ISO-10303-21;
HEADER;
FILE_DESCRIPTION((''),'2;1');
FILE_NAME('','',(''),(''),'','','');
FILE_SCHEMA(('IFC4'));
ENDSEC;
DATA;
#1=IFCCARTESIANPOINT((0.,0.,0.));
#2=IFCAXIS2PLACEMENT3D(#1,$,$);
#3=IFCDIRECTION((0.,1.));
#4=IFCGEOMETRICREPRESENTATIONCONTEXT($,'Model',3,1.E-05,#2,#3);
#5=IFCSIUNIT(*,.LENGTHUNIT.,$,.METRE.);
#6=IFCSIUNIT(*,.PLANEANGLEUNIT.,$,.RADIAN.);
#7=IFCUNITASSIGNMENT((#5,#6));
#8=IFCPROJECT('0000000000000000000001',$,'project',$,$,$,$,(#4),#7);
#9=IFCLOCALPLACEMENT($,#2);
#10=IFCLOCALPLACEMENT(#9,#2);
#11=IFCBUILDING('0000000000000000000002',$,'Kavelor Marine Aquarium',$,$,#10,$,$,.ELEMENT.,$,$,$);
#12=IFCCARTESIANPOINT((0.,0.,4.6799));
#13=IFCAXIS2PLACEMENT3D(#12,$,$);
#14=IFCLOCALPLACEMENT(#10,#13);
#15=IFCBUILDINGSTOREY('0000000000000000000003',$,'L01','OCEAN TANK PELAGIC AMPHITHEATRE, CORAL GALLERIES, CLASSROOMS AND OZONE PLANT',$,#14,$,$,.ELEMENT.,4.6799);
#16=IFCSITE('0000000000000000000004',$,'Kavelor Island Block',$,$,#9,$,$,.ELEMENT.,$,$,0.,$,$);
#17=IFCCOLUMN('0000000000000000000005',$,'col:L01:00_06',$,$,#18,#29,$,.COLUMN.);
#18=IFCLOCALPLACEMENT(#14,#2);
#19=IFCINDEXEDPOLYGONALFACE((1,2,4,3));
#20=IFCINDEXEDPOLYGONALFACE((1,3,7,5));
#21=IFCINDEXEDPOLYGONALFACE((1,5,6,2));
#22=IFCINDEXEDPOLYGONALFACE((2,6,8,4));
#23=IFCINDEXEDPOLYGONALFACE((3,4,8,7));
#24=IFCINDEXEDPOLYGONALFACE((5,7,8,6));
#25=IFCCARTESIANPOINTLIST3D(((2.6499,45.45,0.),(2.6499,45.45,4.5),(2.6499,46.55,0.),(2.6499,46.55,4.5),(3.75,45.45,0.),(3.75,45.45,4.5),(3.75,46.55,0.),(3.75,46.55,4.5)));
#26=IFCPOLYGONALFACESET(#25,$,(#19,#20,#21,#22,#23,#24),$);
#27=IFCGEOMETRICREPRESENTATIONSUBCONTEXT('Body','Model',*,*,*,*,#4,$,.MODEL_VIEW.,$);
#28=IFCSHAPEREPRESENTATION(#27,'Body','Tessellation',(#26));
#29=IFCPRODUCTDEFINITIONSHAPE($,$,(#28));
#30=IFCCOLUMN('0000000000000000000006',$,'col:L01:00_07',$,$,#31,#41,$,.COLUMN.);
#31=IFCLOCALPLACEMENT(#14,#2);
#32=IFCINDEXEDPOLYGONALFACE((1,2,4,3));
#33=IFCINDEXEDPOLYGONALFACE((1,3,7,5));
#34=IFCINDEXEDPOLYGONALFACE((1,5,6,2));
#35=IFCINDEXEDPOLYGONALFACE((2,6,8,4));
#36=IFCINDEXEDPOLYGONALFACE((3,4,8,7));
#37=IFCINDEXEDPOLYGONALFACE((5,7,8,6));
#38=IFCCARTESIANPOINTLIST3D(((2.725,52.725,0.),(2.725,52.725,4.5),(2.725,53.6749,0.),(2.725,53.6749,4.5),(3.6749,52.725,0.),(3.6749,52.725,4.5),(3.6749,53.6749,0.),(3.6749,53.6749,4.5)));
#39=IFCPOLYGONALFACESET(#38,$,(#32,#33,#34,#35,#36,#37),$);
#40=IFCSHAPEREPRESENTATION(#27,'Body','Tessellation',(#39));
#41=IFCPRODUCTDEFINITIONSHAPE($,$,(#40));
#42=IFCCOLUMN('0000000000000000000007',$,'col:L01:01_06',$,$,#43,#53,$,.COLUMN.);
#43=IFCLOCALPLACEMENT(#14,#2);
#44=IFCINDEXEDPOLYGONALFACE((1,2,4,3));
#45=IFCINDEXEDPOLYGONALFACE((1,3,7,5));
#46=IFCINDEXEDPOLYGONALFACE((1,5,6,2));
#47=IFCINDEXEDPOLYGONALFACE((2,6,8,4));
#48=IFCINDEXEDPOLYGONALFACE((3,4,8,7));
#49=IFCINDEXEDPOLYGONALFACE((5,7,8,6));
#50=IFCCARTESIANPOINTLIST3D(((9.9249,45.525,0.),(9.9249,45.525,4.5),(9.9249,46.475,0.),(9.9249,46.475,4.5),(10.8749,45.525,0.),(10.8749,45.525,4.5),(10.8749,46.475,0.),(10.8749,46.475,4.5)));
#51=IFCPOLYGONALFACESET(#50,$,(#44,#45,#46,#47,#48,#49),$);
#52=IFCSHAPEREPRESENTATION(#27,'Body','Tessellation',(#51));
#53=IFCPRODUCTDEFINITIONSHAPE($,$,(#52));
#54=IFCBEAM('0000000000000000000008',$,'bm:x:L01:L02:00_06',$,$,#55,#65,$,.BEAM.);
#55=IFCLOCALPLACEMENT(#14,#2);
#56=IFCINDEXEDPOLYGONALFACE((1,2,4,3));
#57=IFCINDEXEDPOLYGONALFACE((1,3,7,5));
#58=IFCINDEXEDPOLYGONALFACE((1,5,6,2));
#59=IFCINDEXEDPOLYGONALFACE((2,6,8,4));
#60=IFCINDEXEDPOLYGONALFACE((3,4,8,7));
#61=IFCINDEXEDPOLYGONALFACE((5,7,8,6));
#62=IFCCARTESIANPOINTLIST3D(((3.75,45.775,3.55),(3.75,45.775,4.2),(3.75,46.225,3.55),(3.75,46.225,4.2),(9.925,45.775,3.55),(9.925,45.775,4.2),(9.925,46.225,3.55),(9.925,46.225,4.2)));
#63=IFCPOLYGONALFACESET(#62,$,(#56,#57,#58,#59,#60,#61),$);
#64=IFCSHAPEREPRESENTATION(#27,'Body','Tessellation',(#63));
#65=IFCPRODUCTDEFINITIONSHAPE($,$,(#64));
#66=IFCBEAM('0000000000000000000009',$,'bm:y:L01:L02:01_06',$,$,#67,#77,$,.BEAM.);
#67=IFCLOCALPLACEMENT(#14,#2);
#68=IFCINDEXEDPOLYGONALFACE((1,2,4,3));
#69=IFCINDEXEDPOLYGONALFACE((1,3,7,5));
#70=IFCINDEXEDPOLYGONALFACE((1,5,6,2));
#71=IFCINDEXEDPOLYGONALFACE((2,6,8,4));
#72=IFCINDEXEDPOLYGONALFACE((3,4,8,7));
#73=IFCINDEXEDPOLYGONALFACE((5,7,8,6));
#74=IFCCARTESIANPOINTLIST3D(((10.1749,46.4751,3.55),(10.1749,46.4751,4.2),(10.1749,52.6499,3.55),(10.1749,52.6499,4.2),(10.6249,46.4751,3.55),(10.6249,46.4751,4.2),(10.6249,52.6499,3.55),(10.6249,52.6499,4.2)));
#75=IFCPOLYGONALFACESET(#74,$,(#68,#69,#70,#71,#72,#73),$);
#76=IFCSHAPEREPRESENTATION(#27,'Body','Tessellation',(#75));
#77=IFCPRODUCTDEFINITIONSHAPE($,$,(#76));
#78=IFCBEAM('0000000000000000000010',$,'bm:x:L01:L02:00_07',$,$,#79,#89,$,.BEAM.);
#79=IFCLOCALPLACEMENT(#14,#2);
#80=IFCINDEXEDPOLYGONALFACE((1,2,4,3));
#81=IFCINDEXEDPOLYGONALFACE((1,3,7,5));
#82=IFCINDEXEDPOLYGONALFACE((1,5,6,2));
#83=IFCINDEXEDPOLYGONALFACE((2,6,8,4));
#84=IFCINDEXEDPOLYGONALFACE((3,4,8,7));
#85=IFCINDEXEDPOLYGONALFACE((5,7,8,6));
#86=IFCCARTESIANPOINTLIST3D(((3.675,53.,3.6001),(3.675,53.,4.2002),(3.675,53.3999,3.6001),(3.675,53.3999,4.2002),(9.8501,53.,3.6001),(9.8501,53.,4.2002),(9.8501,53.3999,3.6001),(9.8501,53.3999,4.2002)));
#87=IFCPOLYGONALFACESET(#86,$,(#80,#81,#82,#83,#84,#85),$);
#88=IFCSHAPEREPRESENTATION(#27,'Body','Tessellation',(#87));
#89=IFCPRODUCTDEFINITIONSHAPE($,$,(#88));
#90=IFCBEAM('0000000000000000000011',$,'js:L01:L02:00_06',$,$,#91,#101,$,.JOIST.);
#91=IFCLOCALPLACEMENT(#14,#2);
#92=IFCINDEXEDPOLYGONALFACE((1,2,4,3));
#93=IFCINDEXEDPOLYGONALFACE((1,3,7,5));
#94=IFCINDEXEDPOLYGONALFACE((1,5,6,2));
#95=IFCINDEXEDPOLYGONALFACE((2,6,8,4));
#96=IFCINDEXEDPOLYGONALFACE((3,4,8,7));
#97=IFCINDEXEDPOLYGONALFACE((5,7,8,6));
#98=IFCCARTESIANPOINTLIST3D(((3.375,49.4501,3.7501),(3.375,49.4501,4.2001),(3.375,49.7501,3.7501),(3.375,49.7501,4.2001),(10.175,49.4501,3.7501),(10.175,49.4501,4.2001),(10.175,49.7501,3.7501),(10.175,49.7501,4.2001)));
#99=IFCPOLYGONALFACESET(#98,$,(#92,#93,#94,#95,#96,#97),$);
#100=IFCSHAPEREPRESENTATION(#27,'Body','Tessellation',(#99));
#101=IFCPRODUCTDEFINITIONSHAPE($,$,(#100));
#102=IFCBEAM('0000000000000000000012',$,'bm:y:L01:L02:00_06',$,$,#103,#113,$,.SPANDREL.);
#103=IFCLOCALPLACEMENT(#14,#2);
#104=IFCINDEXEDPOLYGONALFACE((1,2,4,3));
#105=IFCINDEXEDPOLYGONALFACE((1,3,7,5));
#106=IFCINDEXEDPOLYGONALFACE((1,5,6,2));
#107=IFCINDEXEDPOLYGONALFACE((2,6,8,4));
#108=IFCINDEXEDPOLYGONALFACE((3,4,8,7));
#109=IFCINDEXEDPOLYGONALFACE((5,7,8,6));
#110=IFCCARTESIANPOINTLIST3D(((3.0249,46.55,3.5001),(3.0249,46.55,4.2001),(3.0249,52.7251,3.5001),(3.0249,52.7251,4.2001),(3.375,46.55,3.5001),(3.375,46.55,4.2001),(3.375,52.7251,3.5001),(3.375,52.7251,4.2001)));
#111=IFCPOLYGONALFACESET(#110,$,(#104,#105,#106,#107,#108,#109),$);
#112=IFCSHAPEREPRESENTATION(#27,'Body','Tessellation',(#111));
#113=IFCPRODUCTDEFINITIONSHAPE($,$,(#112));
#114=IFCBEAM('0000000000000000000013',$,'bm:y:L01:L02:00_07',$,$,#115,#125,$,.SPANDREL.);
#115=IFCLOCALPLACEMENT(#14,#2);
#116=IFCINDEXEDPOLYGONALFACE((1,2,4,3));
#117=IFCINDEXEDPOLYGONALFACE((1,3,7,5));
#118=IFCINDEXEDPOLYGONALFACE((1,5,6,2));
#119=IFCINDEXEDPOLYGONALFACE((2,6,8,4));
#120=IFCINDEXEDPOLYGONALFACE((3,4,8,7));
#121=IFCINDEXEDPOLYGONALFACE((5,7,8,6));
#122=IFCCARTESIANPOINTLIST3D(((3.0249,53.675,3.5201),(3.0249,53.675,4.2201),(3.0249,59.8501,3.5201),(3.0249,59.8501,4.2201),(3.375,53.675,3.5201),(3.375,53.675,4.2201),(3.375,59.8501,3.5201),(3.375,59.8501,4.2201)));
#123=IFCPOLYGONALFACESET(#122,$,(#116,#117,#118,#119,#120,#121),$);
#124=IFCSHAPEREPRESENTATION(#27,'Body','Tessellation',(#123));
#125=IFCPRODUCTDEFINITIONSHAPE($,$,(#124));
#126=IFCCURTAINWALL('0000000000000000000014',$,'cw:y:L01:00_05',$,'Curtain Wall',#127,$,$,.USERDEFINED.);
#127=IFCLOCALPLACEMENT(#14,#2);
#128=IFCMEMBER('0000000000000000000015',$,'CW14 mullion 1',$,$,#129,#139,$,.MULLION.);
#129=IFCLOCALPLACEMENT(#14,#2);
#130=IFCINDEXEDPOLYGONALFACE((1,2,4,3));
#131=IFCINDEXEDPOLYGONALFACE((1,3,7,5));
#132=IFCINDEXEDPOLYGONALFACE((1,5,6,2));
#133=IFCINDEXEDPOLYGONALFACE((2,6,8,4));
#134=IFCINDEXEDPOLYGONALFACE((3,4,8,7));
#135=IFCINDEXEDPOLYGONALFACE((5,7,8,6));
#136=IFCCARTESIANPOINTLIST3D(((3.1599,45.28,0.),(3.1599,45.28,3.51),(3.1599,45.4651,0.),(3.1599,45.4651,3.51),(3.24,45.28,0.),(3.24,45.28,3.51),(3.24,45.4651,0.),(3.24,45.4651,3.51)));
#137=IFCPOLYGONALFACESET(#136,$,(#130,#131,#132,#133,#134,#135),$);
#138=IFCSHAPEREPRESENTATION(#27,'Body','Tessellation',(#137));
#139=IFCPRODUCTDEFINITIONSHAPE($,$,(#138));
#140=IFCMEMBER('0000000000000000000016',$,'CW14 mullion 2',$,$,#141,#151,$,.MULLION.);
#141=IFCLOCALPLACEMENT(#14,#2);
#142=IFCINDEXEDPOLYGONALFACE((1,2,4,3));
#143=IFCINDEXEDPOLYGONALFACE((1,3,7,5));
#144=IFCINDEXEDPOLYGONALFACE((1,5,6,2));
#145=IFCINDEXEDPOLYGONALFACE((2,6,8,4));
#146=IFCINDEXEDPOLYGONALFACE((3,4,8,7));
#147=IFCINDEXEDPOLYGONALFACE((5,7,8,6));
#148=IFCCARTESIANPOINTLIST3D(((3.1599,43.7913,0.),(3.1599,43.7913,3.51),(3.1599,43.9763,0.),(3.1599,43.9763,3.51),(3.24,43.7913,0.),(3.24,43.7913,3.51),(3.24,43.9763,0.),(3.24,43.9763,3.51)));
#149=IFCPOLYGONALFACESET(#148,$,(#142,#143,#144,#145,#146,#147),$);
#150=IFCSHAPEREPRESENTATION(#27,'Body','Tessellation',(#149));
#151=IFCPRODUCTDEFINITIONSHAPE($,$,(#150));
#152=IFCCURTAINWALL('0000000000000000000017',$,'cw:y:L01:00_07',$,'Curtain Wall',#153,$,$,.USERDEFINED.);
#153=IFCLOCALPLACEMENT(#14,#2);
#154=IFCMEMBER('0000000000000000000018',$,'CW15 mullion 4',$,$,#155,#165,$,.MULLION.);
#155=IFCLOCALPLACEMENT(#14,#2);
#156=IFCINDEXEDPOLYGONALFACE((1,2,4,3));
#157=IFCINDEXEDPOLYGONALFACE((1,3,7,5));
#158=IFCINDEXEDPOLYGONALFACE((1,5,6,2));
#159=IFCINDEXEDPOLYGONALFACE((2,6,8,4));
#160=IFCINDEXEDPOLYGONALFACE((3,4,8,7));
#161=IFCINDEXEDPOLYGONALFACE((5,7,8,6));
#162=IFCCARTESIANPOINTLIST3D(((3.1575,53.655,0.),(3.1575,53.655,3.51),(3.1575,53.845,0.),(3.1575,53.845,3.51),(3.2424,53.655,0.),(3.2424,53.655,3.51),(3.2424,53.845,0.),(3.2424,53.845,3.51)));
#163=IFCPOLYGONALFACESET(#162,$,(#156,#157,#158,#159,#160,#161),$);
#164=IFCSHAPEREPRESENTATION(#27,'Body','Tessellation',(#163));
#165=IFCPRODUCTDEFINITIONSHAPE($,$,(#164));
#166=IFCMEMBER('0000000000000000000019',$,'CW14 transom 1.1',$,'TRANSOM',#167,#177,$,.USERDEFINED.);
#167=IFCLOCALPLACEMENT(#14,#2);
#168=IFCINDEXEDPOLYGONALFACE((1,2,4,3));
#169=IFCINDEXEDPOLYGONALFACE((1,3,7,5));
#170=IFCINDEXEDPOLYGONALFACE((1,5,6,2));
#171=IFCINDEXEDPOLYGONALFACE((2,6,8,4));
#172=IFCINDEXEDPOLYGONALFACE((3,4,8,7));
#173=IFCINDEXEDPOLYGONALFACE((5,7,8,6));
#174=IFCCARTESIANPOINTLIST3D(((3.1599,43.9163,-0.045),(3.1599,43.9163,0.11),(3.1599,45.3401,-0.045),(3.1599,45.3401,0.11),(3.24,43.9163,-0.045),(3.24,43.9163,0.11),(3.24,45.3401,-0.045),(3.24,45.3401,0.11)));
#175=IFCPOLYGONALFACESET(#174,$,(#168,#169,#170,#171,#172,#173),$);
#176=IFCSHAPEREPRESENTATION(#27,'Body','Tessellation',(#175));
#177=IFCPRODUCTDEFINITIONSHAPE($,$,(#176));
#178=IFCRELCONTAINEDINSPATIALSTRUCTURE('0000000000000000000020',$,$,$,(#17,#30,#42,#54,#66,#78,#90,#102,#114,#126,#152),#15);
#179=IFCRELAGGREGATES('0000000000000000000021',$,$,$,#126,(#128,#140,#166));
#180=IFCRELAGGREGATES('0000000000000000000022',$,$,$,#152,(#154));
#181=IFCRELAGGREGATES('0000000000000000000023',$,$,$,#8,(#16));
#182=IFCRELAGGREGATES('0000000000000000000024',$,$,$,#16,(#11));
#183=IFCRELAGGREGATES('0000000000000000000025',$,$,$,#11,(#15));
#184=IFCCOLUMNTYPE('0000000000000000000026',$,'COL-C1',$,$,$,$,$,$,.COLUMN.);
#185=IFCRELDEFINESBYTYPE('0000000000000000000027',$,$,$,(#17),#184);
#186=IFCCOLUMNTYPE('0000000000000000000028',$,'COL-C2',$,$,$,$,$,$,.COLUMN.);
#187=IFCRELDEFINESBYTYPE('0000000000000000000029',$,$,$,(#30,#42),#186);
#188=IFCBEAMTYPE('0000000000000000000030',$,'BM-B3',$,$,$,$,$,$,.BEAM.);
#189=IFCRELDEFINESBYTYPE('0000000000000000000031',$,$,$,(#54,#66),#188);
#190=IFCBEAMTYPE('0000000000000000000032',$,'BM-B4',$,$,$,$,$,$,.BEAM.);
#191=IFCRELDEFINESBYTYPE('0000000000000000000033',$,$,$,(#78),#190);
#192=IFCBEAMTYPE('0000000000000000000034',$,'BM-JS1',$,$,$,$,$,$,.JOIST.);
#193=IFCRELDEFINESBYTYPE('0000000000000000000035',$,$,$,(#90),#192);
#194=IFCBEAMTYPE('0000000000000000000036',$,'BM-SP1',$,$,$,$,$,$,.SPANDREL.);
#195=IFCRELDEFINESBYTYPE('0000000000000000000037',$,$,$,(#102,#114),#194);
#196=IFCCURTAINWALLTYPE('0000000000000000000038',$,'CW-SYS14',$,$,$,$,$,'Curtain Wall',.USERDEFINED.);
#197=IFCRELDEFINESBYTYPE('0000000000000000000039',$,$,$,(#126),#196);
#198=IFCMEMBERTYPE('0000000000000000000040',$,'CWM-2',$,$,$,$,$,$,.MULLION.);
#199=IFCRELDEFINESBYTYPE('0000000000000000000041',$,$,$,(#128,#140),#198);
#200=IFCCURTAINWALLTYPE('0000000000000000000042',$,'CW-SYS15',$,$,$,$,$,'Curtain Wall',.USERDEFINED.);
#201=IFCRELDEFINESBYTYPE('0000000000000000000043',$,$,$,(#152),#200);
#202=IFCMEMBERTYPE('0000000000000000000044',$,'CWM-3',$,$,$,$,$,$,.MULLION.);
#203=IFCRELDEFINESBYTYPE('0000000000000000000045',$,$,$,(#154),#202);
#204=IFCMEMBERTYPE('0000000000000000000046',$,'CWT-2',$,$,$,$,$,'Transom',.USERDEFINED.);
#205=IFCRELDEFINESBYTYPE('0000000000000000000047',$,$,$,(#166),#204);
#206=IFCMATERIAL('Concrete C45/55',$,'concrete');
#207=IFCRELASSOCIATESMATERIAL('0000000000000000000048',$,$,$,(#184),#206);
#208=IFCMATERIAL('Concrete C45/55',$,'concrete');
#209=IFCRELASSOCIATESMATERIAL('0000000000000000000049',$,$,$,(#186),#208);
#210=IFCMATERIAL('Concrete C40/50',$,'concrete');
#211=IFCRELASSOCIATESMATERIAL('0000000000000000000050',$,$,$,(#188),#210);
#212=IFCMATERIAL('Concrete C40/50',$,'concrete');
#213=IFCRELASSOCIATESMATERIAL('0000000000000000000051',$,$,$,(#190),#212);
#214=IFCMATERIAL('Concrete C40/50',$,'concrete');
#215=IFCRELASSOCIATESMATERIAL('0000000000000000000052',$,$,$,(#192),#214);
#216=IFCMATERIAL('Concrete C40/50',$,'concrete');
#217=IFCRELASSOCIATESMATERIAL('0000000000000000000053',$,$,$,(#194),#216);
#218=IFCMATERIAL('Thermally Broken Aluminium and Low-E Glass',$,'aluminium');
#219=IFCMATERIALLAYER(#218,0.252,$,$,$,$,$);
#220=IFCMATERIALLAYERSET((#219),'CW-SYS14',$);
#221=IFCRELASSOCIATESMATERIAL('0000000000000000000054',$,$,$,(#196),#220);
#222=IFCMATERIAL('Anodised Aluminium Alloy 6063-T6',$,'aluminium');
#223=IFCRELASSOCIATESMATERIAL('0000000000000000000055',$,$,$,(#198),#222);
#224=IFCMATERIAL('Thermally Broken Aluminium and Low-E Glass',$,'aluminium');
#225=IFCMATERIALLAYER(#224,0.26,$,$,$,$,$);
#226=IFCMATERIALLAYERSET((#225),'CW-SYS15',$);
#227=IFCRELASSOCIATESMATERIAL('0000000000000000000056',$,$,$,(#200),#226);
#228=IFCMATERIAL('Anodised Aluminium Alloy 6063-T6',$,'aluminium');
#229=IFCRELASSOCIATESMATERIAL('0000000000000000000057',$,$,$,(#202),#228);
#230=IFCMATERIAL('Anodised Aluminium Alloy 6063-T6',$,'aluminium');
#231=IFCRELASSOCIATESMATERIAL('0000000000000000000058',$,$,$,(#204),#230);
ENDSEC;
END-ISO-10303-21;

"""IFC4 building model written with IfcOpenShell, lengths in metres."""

from ifc_helpers import new_model, si_unit, direction, frame, origin, origin_2d, place, context, subcontext, project, spatial, rectangle, extrude, material, layer, layer_set, material_profile, profile_set, type_object, element, aggregate, save


model = new_model("IFC4")

# Units and contexts
model_context = context("Model", 3, precision=1e-05, world=origin(), true_north=direction((0.0, 1.0)))
body_context = subcontext(model_context, "Body", "Model", "MODEL_VIEW")
ifc_project = project(units=[si_unit("LENGTHUNIT", "METRE"), si_unit("PLANEANGLEUNIT", "RADIAN")], contexts=[model_context])

# Site, building, storey
site_placement = place(None, origin())
site = spatial("IfcSite", under=ifc_project, at=site_placement, Name="Kavelor Island Block", CompositionType="ELEMENT", RefElevation=0.0)
building_placement = place(site_placement, origin())
building = spatial("IfcBuilding", under=site, at=building_placement, Name="Kavelor Marine Aquarium", CompositionType="ELEMENT")
storey_placement = place(building_placement, frame((0.0, 0.0, 4.6799)))
storey = spatial("IfcBuildingStorey", under=building, at=storey_placement, Name="L01", Description="OCEAN TANK PELAGIC AMPHITHEATRE, CORAL GALLERIES, CLASSROOMS AND OZONE PLANT", CompositionType="ELEMENT", Elevation=4.6799)

# Columns
ifc_material_1 = material(Name="Concrete C45/55", Category="concrete")
ifc_material_profile_1 = material_profile(ifc_material_1, rectangle(XDim=1.1001, YDim=1.1001, at=origin_2d()), Name="RC-COL 1100x1100")
ifc_profile_set_1 = profile_set([ifc_material_profile_1], Name="Concrete C45/55")
column_type_1 = type_object("IfcColumnType", Name="COL-C1", PredefinedType="COLUMN", material=ifc_profile_set_1)
column_placement = place(storey_placement, frame((3.2, 46.0, 0.0), z_axis=(0.0, 0.0, 1.0), x_axis=(1.0, 0.0, 0.0)))
element("IfcColumn", 1, at=column_placement, inside=storey, type_object=column_type_1, Name="col:L01:00_06", PredefinedType="COLUMN", context=body_context, shape_type="SweptSolid", body=[
    extrude(rectangle(XDim=1.1001, YDim=1.1001, at=origin_2d()), origin(), (0.0, 0.0, 1.0), 4.5),
])
ifc_material_2 = material(Name="Concrete C45/55", Category="concrete")
ifc_material_profile_2 = material_profile(ifc_material_2, rectangle(XDim=0.95, YDim=0.95, at=origin_2d()), Name="RC-COL 950x950")
ifc_profile_set_2 = profile_set([ifc_material_profile_2], Name="Concrete C45/55")
column_type_2 = type_object("IfcColumnType", Name="COL-C2", PredefinedType="COLUMN", material=ifc_profile_set_2)
for number, where, z_axis, x_axis, name in (
    (2, (3.2, 53.2, 0.0), (0.0, 0.0, 1.0), (1.0, 0.0, 0.0), "col:L01:00_07"),
    (3, (10.3999, 46.0, 0.0), (0.0, 0.0, 1.0), (1.0, 0.0, 0.0), "col:L01:01_06"),
):
    element("IfcColumn", number, at=place(storey_placement, frame(where, z_axis=z_axis, x_axis=x_axis)), inside=storey, type_object=column_type_2, Name=name, PredefinedType="COLUMN", context=body_context, shape_type="SweptSolid", body=[
        extrude(rectangle(XDim=0.95, YDim=0.95, at=origin_2d()), origin(), (0.0, 0.0, 1.0), 4.5),
    ])

# Beams
ifc_material_3 = material(Name="Concrete C40/50", Category="concrete")
ifc_material_profile_3 = material_profile(ifc_material_3, rectangle(XDim=0.45, YDim=0.6499, at=origin_2d()), Name="RC-BM 450x650")
ifc_profile_set_3 = profile_set([ifc_material_profile_3], Name="Concrete C40/50")
beam_type_1 = type_object("IfcBeamType", Name="BM-B3", PredefinedType="BEAM", material=ifc_profile_set_3)
beam_1_placement = place(storey_placement, frame((3.75, 46.0, 3.875), z_axis=(1.0, 0.0, 0.0), x_axis=(0.0, 1.0, 0.0)))
element("IfcBeam", 4, at=beam_1_placement, inside=storey, type_object=beam_type_1, Name="bm:x:L01:L02:00_06", PredefinedType="BEAM", context=body_context, shape_type="SweptSolid", body=[
    extrude(rectangle(XDim=0.45, YDim=0.6499, at=origin_2d()), origin(), (0.0, 0.0, 1.0), 6.175),
])
beam_2_placement = place(storey_placement, frame((10.3999, 46.4751, 3.875), z_axis=(0.0, 1.0, 0.0), x_axis=(-1.0, 0.0, 0.0)))
element("IfcBeam", 5, at=beam_2_placement, inside=storey, type_object=beam_type_1, Name="bm:y:L01:L02:01_06", PredefinedType="BEAM", context=body_context, shape_type="SweptSolid", body=[
    extrude(rectangle(XDim=0.45, YDim=0.6499, at=origin_2d()), origin(), (0.0, 0.0, 1.0), 6.1748),
])
ifc_material_4 = material(Name="Concrete C40/50", Category="concrete")
ifc_material_profile_4 = material_profile(ifc_material_4, rectangle(XDim=0.3999, YDim=0.6001, at=origin_2d()), Name="RC-BM 400x600")
ifc_profile_set_4 = profile_set([ifc_material_profile_4], Name="Concrete C40/50")
beam_type_2 = type_object("IfcBeamType", Name="BM-B4", PredefinedType="BEAM", material=ifc_profile_set_4)
beam_3_placement = place(storey_placement, frame((3.675, 53.2, 3.9001), z_axis=(1.0, 0.0, 0.0), x_axis=(0.0, 1.0, 0.0)))
element("IfcBeam", 6, at=beam_3_placement, inside=storey, type_object=beam_type_2, Name="bm:x:L01:L02:00_07", PredefinedType="BEAM", context=body_context, shape_type="SweptSolid", body=[
    extrude(rectangle(XDim=0.3999, YDim=0.6001, at=origin_2d()), origin(), (0.0, 0.0, 1.0), 6.175),
])
ifc_material_5 = material(Name="Concrete C40/50", Category="concrete")
ifc_material_profile_5 = material_profile(ifc_material_5, rectangle(XDim=0.3, YDim=0.45, at=origin_2d()), Name="RC-JS 300x450")
ifc_profile_set_5 = profile_set([ifc_material_profile_5], Name="Concrete C40/50")
beam_type_3 = type_object("IfcBeamType", Name="BM-JS1", PredefinedType="JOIST", material=ifc_profile_set_5)
beam_4_placement = place(storey_placement, frame((3.375, 49.6001, 3.9751), z_axis=(1.0, 0.0, 0.0), x_axis=(0.0, 1.0, 0.0)))
element("IfcBeam", 7, at=beam_4_placement, inside=storey, type_object=beam_type_3, Name="js:L01:L02:00_06", PredefinedType="JOIST", context=body_context, shape_type="SweptSolid", body=[
    extrude(rectangle(XDim=0.3, YDim=0.45, at=origin_2d()), origin(), (0.0, 0.0, 1.0), 6.8),
])
ifc_material_6 = material(Name="Concrete C40/50", Category="concrete")
ifc_material_profile_6 = material_profile(ifc_material_6, rectangle(XDim=0.3501, YDim=0.7, at=origin_2d()), Name="RC-SP 350x700")
ifc_profile_set_6 = profile_set([ifc_material_profile_6], Name="Concrete C40/50")
beam_type_4 = type_object("IfcBeamType", Name="BM-SP1", PredefinedType="SPANDREL", material=ifc_profile_set_6)
for number, where, z_axis, x_axis, name in (
    (8, (3.2, 46.55, 3.8501), (0.0, 1.0, 0.0), (-1.0, 0.0, 0.0), "bm:y:L01:L02:00_06"),
    (9, (3.2, 53.675, 3.8701), (0.0, 1.0, 0.0), (-1.0, 0.0, 0.0), "bm:y:L01:L02:00_07"),
):
    element("IfcBeam", number, at=place(storey_placement, frame(where, z_axis=z_axis, x_axis=x_axis)), inside=storey, type_object=beam_type_4, Name=name, PredefinedType="SPANDREL", context=body_context, shape_type="SweptSolid", body=[
        extrude(rectangle(XDim=0.3501, YDim=0.7, at=origin_2d()), origin(), (0.0, 0.0, 1.0), 6.175),
    ])

# Curtain wall, members
ifc_material_7 = material(Name="Thermally Broken Aluminium and Low-E Glass", Category="aluminium")
ifc_layer_1 = layer(ifc_material_7, 0.252)
ifc_layer_set_1 = layer_set([ifc_layer_1], Name="CW-SYS14")
curtain_wall_type_1 = type_object("IfcCurtainWallType", Name="CW-SYS14", ElementType="Curtain Wall", PredefinedType="USERDEFINED", material=ifc_layer_set_1)
curtain_wall_1_placement = place(storey_placement, origin())
curtain_wall_1 = element("IfcCurtainWall", 10, at=curtain_wall_1_placement, inside=storey, type_object=curtain_wall_type_1, Name="cw:y:L01:00_05", ObjectType="Curtain Wall", PredefinedType="USERDEFINED")
ifc_material_8 = material(Name="Anodised Aluminium Alloy 6063-T6", Category="aluminium")
ifc_material_profile_7 = material_profile(ifc_material_8, rectangle(XDim=0.0801, YDim=0.1851, at=origin_2d()), Name="CW-MUL 80x185")
ifc_profile_set_7 = profile_set([ifc_material_profile_7], Name="Anodised Aluminium Alloy 6063-T6")
member_type_1 = type_object("IfcMemberType", Name="CWM-2", PredefinedType="MULLION", material=ifc_profile_set_7)
member_1_placement = place(storey_placement, frame((3.2, 45.3726, 0.0), z_axis=(0.0, 0.0, 1.0), x_axis=(1.0, 0.0, 0.0)))
member_1 = element("IfcMember", 11, at=member_1_placement, type_object=member_type_1, Name="CW14 mullion 1", PredefinedType="MULLION", context=body_context, shape_type="SweptSolid", body=[
    extrude(rectangle(XDim=0.0801, YDim=0.1851, at=origin_2d()), origin(), (0.0, 0.0, 1.0), 3.51),
])
member_2_placement = place(storey_placement, frame((3.2, 43.8838, 0.0), z_axis=(0.0, 0.0, 1.0), x_axis=(1.0, 0.0, 0.0)))
member_2 = element("IfcMember", 12, at=member_2_placement, type_object=member_type_1, Name="CW14 mullion 2", PredefinedType="MULLION", context=body_context, shape_type="SweptSolid", body=[
    extrude(rectangle(XDim=0.0801, YDim=0.1851, at=origin_2d()), origin(), (0.0, 0.0, 1.0), 3.51),
])

# Curtain wall, member
ifc_material_9 = material(Name="Thermally Broken Aluminium and Low-E Glass", Category="aluminium")
ifc_layer_2 = layer(ifc_material_9, 0.26)
ifc_layer_set_2 = layer_set([ifc_layer_2], Name="CW-SYS15")
curtain_wall_type_2 = type_object("IfcCurtainWallType", Name="CW-SYS15", ElementType="Curtain Wall", PredefinedType="USERDEFINED", material=ifc_layer_set_2)
curtain_wall_2_placement = place(storey_placement, origin())
curtain_wall_2 = element("IfcCurtainWall", 13, at=curtain_wall_2_placement, inside=storey, type_object=curtain_wall_type_2, Name="cw:y:L01:00_07", ObjectType="Curtain Wall", PredefinedType="USERDEFINED")
ifc_material_10 = material(Name="Anodised Aluminium Alloy 6063-T6", Category="aluminium")
ifc_material_profile_8 = material_profile(ifc_material_10, rectangle(XDim=0.085, YDim=0.1899, at=origin_2d()), Name="CW-MUL 85x190")
ifc_profile_set_8 = profile_set([ifc_material_profile_8], Name="Anodised Aluminium Alloy 6063-T6")
member_type_2 = type_object("IfcMemberType", Name="CWM-3", PredefinedType="MULLION", material=ifc_profile_set_8)
member_3_placement = place(storey_placement, frame((3.2, 53.75, 0.0), z_axis=(0.0, 0.0, 1.0), x_axis=(1.0, 0.0, 0.0)))
member_3 = element("IfcMember", 14, at=member_3_placement, type_object=member_type_2, Name="CW15 mullion 4", PredefinedType="MULLION", context=body_context, shape_type="SweptSolid", body=[
    extrude(rectangle(XDim=0.085, YDim=0.1899, at=origin_2d()), origin(), (0.0, 0.0, 1.0), 3.51),
])

# Member
ifc_material_11 = material(Name="Anodised Aluminium Alloy 6063-T6", Category="aluminium")
ifc_material_profile_9 = material_profile(ifc_material_11, rectangle(XDim=0.0801, YDim=0.155, at=origin_2d()), Name="CW-TRN 80x155")
ifc_profile_set_9 = profile_set([ifc_material_profile_9], Name="Anodised Aluminium Alloy 6063-T6")
member_type_3 = type_object("IfcMemberType", Name="CWT-2", ElementType="Transom", PredefinedType="USERDEFINED", material=ifc_profile_set_9)
member_4_placement = place(storey_placement, frame((3.2, 45.3401, 0.0325), z_axis=(0.0, -1.0, 0.0), x_axis=(1.0, 0.0, 0.0)))
member_4 = element("IfcMember", 15, at=member_4_placement, type_object=member_type_3, Name="CW14 transom 1.1", ObjectType="TRANSOM", PredefinedType="USERDEFINED", context=body_context, shape_type="SweptSolid", body=[
    extrude(rectangle(XDim=0.0801, YDim=0.155, at=origin_2d()), origin(), (0.0, 0.0, 1.0), 1.4238),
])

aggregate(curtain_wall_1, [member_1, member_2, member_4])
aggregate(curtain_wall_2, [member_3])

save(model, "model.ifc")
